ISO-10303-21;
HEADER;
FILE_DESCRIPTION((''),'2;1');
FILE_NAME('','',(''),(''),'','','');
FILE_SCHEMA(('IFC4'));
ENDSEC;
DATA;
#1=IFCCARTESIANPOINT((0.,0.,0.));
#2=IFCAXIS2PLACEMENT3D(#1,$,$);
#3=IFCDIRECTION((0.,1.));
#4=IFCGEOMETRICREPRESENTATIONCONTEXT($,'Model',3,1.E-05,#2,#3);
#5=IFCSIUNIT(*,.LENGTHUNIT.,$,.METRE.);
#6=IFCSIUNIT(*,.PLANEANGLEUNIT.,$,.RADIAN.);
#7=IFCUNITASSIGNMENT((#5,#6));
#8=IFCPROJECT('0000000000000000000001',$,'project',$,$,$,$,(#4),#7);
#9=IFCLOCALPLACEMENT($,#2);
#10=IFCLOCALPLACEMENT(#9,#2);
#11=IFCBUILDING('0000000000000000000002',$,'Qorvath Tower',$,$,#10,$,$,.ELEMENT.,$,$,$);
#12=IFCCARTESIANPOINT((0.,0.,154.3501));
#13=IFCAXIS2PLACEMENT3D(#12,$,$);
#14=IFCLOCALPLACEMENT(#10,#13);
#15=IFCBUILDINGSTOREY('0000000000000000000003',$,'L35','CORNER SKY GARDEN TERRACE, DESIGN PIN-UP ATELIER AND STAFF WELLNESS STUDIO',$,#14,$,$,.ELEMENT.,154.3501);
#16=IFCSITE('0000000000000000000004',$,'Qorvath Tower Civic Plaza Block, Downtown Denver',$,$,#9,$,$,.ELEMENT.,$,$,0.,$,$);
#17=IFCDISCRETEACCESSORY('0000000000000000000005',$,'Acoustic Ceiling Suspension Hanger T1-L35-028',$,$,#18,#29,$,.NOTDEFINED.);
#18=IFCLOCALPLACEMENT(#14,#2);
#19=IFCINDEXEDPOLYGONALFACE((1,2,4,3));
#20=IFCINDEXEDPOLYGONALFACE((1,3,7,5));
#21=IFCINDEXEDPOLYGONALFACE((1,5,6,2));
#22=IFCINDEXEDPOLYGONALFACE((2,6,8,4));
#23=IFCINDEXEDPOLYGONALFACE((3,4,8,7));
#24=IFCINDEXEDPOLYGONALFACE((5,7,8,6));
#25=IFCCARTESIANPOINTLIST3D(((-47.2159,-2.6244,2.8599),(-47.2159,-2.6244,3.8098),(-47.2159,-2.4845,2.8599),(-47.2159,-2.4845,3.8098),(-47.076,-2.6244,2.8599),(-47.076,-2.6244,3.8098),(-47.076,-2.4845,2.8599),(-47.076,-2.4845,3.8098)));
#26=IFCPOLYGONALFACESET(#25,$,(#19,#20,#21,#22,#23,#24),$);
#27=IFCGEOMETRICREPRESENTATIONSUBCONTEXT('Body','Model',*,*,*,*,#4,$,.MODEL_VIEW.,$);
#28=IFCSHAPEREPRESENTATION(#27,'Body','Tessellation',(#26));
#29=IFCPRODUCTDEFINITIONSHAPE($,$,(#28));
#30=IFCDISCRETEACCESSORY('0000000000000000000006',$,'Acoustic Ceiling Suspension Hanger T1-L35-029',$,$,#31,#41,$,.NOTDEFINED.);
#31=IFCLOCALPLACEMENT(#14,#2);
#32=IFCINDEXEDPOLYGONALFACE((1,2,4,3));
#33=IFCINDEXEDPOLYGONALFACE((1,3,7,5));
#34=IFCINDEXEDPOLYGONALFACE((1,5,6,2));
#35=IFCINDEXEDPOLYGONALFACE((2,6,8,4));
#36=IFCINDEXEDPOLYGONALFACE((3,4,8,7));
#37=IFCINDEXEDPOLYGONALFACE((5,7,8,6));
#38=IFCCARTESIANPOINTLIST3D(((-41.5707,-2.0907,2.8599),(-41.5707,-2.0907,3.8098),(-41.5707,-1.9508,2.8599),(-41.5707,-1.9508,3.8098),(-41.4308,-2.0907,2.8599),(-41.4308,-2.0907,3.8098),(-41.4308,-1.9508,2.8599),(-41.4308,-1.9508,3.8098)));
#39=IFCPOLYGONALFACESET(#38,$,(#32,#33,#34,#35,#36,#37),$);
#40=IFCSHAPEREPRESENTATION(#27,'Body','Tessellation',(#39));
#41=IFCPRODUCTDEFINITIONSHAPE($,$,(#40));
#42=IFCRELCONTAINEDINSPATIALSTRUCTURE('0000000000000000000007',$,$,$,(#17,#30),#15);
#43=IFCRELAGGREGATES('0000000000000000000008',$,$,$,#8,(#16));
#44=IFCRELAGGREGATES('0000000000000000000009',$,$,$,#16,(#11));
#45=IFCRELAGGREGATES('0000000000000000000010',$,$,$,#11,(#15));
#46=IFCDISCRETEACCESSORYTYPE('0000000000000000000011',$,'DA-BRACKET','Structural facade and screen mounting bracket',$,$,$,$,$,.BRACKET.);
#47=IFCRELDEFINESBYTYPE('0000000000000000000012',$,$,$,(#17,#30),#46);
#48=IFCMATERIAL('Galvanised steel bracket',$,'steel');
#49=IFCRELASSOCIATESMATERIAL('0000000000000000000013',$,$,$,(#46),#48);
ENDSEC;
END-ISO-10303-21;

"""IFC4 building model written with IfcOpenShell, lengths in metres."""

from ifc_helpers import new_model, si_unit, direction, frame, origin, origin_2d, place, context, subcontext, project, spatial, rectangle, extrude, material, type_object, element, save


model = new_model("IFC4")

# Units and contexts
model_context = context("Model", 3, precision=1e-05, world=origin(), true_north=direction((0.0, 1.0)))
body_context = subcontext(model_context, "Body", "Model", "MODEL_VIEW")
ifc_project = project(units=[si_unit("LENGTHUNIT", "METRE"), si_unit("PLANEANGLEUNIT", "RADIAN")], contexts=[model_context])

# Site, building, storey
site_placement = place(None, origin())
site = spatial("IfcSite", under=ifc_project, at=site_placement, Name="Qorvath Tower Civic Plaza Block, Downtown Denver", CompositionType="ELEMENT", RefElevation=0.0)
building_placement = place(site_placement, origin())
building = spatial("IfcBuilding", under=site, at=building_placement, Name="Qorvath Tower", CompositionType="ELEMENT")
storey_placement = place(building_placement, frame((0.0, 0.0, 154.3501)))
storey = spatial("IfcBuildingStorey", under=building, at=storey_placement, Name="L35", Description="CORNER SKY GARDEN TERRACE, DESIGN PIN-UP ATELIER AND STAFF WELLNESS STUDIO", CompositionType="ELEMENT", Elevation=154.3501)

# Discrete accessories
ifc_material_1 = material(Name="Galvanised steel bracket", Category="steel")
discrete_accessory_type = type_object("IfcDiscreteAccessoryType", Name="DA-BRACKET", Description="Structural facade and screen mounting bracket", PredefinedType="BRACKET", material=ifc_material_1)
for number, where, z_axis, x_axis, name in (
    (1, (-47.146, -2.5544, 2.8599), (0.0, 0.0, 1.0), (1.0, 0.0, 0.0), "Acoustic Ceiling Suspension Hanger T1-L35-028"),
    (2, (-41.5007, -2.0208, 2.8599), (0.0, 0.0, 1.0), (1.0, 0.0, 0.0), "Acoustic Ceiling Suspension Hanger T1-L35-029"),
):
    element("IfcDiscreteAccessory", number, at=place(storey_placement, frame(where, z_axis=z_axis, x_axis=x_axis)), inside=storey, type_object=discrete_accessory_type, Name=name, PredefinedType="NOTDEFINED", context=body_context, shape_type="SweptSolid", body=[
        extrude(rectangle(XDim=0.1399, YDim=0.1399, at=origin_2d()), origin(), (0.0, 0.0, 1.0), 0.95),
    ])

save(model, "model.ifc")
